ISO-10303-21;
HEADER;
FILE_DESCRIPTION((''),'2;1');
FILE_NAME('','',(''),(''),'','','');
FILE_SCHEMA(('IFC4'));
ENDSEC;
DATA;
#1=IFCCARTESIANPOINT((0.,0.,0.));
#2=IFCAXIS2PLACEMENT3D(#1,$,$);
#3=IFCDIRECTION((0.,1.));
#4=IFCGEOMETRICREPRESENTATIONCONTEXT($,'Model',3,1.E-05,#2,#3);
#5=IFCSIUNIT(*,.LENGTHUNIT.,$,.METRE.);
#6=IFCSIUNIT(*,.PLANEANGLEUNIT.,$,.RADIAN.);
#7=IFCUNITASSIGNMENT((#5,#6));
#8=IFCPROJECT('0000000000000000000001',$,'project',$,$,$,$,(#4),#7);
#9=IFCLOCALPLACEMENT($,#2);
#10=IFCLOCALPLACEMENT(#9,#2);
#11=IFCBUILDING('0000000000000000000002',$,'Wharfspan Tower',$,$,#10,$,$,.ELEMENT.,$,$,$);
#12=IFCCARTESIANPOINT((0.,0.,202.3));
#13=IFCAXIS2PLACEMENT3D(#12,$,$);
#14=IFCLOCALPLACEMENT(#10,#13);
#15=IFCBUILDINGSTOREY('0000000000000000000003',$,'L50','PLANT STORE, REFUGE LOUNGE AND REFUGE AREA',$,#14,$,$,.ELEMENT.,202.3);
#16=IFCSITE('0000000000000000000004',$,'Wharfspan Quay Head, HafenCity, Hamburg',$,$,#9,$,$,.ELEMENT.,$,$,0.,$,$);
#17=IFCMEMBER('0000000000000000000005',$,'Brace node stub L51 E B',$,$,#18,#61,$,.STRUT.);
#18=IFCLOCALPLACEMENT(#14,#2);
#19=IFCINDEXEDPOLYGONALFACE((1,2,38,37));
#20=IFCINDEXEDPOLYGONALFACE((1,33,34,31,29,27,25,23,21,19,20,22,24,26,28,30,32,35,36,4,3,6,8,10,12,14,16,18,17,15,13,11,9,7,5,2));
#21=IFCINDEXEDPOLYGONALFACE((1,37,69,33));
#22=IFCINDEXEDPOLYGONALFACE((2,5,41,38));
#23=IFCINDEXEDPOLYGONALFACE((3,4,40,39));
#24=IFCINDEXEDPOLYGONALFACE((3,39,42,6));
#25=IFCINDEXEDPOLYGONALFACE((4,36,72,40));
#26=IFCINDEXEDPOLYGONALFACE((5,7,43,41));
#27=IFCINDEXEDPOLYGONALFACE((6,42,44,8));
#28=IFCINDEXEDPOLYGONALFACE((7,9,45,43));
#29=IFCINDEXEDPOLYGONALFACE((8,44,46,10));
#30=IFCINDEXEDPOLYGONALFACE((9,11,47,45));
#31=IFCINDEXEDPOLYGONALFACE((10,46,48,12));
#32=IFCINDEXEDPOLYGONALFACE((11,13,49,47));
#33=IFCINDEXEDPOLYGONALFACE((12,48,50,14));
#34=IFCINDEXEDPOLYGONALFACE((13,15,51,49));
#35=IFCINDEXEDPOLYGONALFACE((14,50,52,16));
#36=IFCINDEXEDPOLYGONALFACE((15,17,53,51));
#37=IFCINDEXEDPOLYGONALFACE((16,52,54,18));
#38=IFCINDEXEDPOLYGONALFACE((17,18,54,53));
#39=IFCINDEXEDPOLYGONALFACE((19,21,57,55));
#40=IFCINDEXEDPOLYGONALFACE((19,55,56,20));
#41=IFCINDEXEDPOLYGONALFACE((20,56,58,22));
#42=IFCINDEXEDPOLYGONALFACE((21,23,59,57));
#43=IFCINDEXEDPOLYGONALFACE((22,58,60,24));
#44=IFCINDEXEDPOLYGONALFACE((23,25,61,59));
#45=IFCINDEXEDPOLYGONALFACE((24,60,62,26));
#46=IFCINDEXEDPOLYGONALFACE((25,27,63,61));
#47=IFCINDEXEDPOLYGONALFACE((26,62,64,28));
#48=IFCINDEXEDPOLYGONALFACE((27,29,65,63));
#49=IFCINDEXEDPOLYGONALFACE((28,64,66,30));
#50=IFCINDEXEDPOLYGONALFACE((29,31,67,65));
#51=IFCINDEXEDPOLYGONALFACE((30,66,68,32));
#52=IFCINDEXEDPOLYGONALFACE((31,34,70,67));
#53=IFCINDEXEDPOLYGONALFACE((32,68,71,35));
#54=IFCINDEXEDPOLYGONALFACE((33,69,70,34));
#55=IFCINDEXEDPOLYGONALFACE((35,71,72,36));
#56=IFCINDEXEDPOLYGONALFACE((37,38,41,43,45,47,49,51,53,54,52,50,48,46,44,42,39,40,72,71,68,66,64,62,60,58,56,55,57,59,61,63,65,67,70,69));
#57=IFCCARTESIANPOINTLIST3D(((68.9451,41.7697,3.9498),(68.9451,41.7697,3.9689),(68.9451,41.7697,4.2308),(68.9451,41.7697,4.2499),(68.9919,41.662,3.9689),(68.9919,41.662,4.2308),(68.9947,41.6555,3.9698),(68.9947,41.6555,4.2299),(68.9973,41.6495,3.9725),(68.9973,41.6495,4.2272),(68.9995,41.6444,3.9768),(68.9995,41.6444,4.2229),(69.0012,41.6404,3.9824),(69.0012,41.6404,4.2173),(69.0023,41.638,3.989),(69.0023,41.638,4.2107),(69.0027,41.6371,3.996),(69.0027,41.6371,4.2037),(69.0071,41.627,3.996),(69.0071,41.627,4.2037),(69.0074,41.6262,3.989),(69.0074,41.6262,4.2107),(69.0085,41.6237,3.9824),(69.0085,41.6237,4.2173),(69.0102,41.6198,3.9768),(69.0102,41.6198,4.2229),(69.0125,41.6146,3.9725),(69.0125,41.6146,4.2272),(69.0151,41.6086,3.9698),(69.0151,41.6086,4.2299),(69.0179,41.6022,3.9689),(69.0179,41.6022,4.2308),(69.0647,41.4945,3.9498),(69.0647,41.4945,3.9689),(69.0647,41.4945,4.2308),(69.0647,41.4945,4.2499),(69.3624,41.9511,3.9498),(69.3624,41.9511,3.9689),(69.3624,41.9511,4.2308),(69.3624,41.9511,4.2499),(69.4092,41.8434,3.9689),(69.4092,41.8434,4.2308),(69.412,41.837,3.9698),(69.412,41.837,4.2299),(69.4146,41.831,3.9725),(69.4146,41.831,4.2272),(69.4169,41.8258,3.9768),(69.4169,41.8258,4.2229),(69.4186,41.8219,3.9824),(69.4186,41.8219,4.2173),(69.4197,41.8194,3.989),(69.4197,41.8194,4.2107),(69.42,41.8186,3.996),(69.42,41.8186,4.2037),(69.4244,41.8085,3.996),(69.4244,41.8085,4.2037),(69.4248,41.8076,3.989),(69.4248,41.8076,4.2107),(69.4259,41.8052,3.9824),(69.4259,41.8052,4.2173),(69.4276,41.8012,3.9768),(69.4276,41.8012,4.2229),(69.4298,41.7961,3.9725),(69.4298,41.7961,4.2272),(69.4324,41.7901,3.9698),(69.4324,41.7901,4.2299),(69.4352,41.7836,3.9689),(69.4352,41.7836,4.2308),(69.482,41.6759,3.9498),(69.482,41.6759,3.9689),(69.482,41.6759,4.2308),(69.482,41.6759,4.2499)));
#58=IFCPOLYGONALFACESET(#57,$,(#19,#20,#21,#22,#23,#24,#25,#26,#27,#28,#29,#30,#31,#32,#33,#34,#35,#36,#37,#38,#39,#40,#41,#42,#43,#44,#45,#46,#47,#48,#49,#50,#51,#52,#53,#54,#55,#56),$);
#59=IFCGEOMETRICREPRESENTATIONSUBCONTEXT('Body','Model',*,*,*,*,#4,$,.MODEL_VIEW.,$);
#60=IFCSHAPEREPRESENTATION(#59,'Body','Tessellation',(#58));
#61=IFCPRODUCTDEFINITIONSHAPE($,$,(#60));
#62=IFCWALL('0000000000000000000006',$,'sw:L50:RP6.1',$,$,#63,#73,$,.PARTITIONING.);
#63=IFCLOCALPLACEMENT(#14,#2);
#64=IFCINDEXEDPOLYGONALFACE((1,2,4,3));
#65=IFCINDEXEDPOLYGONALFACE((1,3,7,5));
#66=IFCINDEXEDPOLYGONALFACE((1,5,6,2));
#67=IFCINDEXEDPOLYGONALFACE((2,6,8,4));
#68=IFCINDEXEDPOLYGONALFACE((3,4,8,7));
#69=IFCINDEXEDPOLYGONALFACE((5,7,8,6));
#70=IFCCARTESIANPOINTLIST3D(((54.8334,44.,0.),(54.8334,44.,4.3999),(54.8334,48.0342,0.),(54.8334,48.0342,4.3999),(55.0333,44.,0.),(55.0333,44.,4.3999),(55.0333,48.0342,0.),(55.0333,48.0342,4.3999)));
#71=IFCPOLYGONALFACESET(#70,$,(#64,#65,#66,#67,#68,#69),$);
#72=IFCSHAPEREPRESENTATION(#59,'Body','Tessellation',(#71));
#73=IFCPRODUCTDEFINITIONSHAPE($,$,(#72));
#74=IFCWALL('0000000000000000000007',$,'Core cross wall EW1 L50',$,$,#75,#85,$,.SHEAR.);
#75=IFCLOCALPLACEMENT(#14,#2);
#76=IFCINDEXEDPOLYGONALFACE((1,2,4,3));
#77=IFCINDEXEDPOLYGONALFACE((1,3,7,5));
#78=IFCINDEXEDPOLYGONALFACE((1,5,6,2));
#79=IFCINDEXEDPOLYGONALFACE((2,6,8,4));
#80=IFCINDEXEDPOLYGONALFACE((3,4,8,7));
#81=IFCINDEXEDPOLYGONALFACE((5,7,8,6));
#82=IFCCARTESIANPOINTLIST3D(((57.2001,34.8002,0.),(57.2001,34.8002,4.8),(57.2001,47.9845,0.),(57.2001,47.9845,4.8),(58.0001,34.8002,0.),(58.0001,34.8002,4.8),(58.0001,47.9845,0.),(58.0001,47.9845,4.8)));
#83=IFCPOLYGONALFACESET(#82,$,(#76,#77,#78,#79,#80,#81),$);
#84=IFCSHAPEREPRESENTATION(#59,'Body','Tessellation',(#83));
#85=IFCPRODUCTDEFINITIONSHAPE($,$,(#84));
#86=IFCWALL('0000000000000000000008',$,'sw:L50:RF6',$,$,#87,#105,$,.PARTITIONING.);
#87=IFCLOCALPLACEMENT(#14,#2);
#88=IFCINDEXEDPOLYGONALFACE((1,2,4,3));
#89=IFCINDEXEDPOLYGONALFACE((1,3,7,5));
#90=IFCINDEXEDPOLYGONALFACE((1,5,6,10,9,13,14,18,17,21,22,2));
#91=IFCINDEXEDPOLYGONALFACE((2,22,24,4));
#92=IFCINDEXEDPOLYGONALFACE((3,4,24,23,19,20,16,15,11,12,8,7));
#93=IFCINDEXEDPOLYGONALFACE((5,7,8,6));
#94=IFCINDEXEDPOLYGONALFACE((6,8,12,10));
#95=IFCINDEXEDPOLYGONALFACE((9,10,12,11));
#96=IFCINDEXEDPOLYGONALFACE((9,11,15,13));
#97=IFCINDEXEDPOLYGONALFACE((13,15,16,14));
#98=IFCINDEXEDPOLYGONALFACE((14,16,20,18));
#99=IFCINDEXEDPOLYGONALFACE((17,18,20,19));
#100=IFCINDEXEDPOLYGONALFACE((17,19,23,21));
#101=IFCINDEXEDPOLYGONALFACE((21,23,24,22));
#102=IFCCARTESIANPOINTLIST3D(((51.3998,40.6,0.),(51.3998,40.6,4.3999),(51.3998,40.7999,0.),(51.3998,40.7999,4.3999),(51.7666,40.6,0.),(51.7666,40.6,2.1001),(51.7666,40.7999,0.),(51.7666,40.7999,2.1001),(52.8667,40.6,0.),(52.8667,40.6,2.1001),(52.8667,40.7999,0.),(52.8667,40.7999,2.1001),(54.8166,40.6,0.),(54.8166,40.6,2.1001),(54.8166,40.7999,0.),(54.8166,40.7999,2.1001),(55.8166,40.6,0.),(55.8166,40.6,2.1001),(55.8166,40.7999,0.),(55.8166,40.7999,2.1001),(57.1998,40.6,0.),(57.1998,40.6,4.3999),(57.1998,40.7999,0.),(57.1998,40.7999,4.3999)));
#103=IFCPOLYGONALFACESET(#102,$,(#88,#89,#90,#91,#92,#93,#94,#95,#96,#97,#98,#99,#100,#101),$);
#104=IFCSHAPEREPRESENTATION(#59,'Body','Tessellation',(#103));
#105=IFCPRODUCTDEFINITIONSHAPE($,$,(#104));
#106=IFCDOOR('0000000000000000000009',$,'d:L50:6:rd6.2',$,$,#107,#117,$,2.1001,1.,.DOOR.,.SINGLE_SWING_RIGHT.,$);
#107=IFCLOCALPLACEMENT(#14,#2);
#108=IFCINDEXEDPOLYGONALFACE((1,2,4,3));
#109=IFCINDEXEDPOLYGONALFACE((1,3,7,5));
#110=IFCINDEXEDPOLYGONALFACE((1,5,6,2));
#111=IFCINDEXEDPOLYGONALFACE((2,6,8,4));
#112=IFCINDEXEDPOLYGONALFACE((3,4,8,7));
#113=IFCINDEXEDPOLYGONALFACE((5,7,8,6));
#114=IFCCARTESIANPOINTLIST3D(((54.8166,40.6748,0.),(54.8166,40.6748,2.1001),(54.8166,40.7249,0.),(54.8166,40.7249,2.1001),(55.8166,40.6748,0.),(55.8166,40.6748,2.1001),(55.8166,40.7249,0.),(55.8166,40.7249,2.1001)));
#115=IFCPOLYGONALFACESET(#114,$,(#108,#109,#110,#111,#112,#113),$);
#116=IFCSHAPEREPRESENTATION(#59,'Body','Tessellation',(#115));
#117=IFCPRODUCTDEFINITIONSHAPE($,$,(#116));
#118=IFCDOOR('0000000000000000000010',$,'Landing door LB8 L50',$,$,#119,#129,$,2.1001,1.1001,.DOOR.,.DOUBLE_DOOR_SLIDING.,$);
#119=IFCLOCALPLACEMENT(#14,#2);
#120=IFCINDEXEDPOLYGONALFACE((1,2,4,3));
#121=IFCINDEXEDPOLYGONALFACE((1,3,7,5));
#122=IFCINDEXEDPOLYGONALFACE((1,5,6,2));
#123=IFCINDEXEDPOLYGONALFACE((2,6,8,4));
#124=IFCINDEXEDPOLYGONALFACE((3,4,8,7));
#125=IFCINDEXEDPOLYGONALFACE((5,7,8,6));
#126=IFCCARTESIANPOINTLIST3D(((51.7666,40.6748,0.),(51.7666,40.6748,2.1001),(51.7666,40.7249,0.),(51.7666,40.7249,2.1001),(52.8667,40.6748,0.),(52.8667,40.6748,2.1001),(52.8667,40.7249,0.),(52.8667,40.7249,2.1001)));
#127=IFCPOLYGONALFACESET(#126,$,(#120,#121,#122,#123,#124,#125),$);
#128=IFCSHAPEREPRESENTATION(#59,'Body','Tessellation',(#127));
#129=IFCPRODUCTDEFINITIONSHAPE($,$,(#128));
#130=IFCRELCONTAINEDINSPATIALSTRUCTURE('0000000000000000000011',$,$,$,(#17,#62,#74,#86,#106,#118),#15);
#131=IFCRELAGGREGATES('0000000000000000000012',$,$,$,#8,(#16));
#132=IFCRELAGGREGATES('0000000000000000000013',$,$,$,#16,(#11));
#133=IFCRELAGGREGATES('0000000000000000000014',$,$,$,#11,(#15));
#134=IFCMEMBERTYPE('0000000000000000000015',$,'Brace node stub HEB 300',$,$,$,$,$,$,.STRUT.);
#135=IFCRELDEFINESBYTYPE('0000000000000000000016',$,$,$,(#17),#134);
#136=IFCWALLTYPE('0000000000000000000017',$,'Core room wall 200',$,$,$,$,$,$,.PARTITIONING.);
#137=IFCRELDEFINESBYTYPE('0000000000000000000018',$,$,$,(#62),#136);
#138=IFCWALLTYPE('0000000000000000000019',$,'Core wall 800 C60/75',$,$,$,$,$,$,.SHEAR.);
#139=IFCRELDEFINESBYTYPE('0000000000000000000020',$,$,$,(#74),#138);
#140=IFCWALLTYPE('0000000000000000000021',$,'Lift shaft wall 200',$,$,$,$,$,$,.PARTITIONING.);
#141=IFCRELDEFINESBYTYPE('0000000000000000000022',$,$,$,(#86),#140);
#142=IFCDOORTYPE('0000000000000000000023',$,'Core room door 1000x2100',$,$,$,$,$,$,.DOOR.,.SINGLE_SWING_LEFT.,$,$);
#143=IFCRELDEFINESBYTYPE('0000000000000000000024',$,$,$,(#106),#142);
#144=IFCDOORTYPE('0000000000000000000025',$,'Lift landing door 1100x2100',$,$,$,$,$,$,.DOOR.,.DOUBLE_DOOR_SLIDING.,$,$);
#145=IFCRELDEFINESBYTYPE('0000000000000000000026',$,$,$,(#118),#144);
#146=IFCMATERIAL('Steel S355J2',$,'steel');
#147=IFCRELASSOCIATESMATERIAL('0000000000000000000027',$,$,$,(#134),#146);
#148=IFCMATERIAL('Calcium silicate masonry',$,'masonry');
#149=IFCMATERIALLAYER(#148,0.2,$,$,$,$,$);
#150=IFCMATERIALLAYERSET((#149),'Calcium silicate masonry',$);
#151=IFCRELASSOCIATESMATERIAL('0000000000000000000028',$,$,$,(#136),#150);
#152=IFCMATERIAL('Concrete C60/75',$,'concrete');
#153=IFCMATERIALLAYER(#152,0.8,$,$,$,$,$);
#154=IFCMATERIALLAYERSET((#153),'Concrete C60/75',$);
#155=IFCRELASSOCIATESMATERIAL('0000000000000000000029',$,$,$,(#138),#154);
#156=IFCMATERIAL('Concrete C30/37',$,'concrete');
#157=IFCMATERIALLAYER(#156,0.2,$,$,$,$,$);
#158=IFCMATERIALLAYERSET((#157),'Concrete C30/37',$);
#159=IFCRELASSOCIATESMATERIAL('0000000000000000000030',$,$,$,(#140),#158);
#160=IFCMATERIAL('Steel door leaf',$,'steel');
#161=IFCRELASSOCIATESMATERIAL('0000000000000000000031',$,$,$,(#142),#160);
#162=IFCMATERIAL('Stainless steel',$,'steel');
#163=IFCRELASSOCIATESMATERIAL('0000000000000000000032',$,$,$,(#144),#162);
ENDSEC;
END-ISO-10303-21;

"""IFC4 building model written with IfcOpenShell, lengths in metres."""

from ifc_helpers import new_model, si_unit, direction, frame, frame_2d, origin, origin_2d, place, context, subcontext, project, spatial, rectangle, i_section, extrude, material, layer, layer_set, material_profile, profile_set, type_object, element, fill, save


model = new_model("IFC4")

# Units and contexts
model_context = context("Model", 3, precision=1e-05, world=origin(), true_north=direction((0.0, 1.0)))
body_context = subcontext(model_context, "Body", "Model", "MODEL_VIEW")
ifc_project = project(units=[si_unit("LENGTHUNIT", "METRE"), si_unit("PLANEANGLEUNIT", "RADIAN")], contexts=[model_context])

# Site, building, storey
site_placement = place(None, origin())
site = spatial("IfcSite", under=ifc_project, at=site_placement, Name="Wharfspan Quay Head, HafenCity, Hamburg", CompositionType="ELEMENT", RefElevation=0.0)
building_placement = place(site_placement, origin())
building = spatial("IfcBuilding", under=site, at=building_placement, Name="Wharfspan Tower", CompositionType="ELEMENT")
storey_placement = place(building_placement, frame((0.0, 0.0, 202.3)))
storey = spatial("IfcBuildingStorey", under=building, at=storey_placement, Name="L50", Description="PLANT STORE, REFUGE LOUNGE AND REFUGE AREA", CompositionType="ELEMENT", Elevation=202.3)

# Shared definitions
ifc_material_1 = material(Name="Steel S355J2", Category="steel")

# Member
ifc_material_profile_1 = material_profile(ifc_material_1, i_section(OverallWidth=0.3, OverallDepth=0.3, WebThickness=0.011, FlangeThickness=0.019, FilletRadius=0.0271, at=origin_2d()))
ifc_profile_set_1 = profile_set([ifc_material_profile_1], Name="Steel S355J2")
member_type = type_object("IfcMemberType", Name="Brace node stub HEB 300", PredefinedType="STRUT", material=ifc_profile_set_1)
member_placement = place(storey_placement, frame((69.0049, 41.6321, 4.0999), z_axis=(0.917079, 0.398706, 0.0), x_axis=(-0.398706, 0.917079, 0.0)))
element("IfcMember", 1, at=member_placement, inside=storey, type_object=member_type, Name="Brace node stub L51 E B", PredefinedType="STRUT", context=body_context, shape_type="SweptSolid", body=[
    extrude(i_section(OverallWidth=0.3, OverallDepth=0.3, WebThickness=0.011, FlangeThickness=0.019, FilletRadius=0.0271, at=origin_2d()), origin(), (0.0, 0.0, 1.0), 0.4551),
])

# Walls
ifc_material_2 = material(Name="Calcium silicate masonry", Category="masonry")
ifc_layer_1 = layer(ifc_material_2, 0.2)
ifc_layer_set_1 = layer_set([ifc_layer_1], Name="Calcium silicate masonry")
wall_type_1 = type_object("IfcWallType", Name="Core room wall 200", PredefinedType="PARTITIONING", material=ifc_layer_set_1)
wall_1_placement = place(storey_placement, frame((54.9333, 44.0, 0.0), z_axis=(0.0, 0.0, 1.0), x_axis=(0.0, 1.0, 0.0)))
element("IfcWall", 2, at=wall_1_placement, inside=storey, type_object=wall_type_1, Name="sw:L50:RP6.1", PredefinedType="PARTITIONING", context=body_context, shape_type="SweptSolid", body=[
    extrude(rectangle(XDim=4.0342, YDim=0.2, at=frame_2d((2.0171, 0.0))), origin(), (0.0, 0.0, 1.0), 4.3999),
])
ifc_material_3 = material(Name="Concrete C60/75", Category="concrete")
ifc_layer_2 = layer(ifc_material_3, 0.8)
ifc_layer_set_2 = layer_set([ifc_layer_2], Name="Concrete C60/75")
wall_type_2 = type_object("IfcWallType", Name="Core wall 800 C60/75", PredefinedType="SHEAR", material=ifc_layer_set_2)
wall_2_placement = place(storey_placement, frame((57.6001, 34.8, 0.0), z_axis=(0.0, 0.0, 1.0), x_axis=(0.0, 1.0, 0.0)))
element("IfcWall", 3, at=wall_2_placement, inside=storey, type_object=wall_type_2, Name="Core cross wall EW1 L50", PredefinedType="SHEAR", context=body_context, shape_type="SweptSolid", body=[
    extrude(rectangle(XDim=13.1843, YDim=0.8, at=frame_2d((6.5923, 0.0))), origin(), (0.0, 0.0, 1.0), 4.8),
])

# Wall, openings, doors
ifc_material_4 = material(Name="Concrete C30/37", Category="concrete")
ifc_layer_3 = layer(ifc_material_4, 0.2)
ifc_layer_set_3 = layer_set([ifc_layer_3], Name="Concrete C30/37")
wall_type_3 = type_object("IfcWallType", Name="Lift shaft wall 200", PredefinedType="PARTITIONING", material=ifc_layer_set_3)
wall_3_placement = place(storey_placement, frame((51.3999, 40.7, 0.0), z_axis=(0.0, 0.0, 1.0), x_axis=(1.0, 0.0, 0.0)))
wall_3 = element("IfcWall", 4, at=wall_3_placement, inside=storey, type_object=wall_type_3, Name="sw:L50:RF6", PredefinedType="PARTITIONING", context=body_context, shape_type="SweptSolid", body=[
    extrude(rectangle(XDim=5.8, YDim=0.2, at=frame_2d((2.8999, 0.0))), origin(), (0.0, 0.0, 1.0), 4.3999),
])
opening_1_placement = place(wall_3_placement, frame((0.3667, 0.0, 0.0)))
opening_1 = element("IfcOpeningElement", 5, at=opening_1_placement, cuts=wall_3, PredefinedType="OPENING", context=body_context, shape_type="SweptSolid", body=[
    extrude(rectangle(XDim=1.1001, YDim=2.1001, at=frame_2d((0.55, 1.05))), frame((0.0, 0.1099, 0.0), z_axis=(0.0, -1.0, 0.0), x_axis=(1.0, 0.0, 0.0)), (0.0, 0.0, 1.0), 0.22),
])
opening_2_placement = place(wall_3_placement, frame((3.4167, 0.0, 0.0)))
opening_2 = element("IfcOpeningElement", 6, at=opening_2_placement, cuts=wall_3, PredefinedType="OPENING", context=body_context, shape_type="SweptSolid", body=[
    extrude(rectangle(XDim=1.0, YDim=2.1001, at=frame_2d((0.5, 1.05))), frame((0.0, 0.1099, 0.0), z_axis=(0.0, -1.0, 0.0), x_axis=(1.0, 0.0, 0.0)), (0.0, 0.0, 1.0), 0.22),
])
ifc_material_5 = material(Name="Steel door leaf", Category="steel")
door_type_1 = type_object("IfcDoorType", Name="Core room door 1000x2100", OperationType="SINGLE_SWING_LEFT", PredefinedType="DOOR", material=ifc_material_5)
door_1_placement = place(opening_2_placement, origin())
door_1 = element("IfcDoor", 7, at=door_1_placement, inside=storey, type_object=door_type_1, Name="d:L50:6:rd6.2", OperationType="SINGLE_SWING_RIGHT", OverallHeight=2.1001, OverallWidth=1.0, PredefinedType="DOOR", context=body_context, shape_type="SweptSolid", body=[
    extrude(rectangle(XDim=1.0, YDim=2.1001, at=frame_2d((0.5, 1.05))), frame((0.0, 0.0249, 0.0), z_axis=(0.0, -1.0, 0.0), x_axis=(1.0, 0.0, 0.0)), (0.0, 0.0, 1.0), 0.05),
])
fill(opening_2, door_1)
ifc_material_6 = material(Name="Stainless steel", Category="steel")
door_type_2 = type_object("IfcDoorType", Name="Lift landing door 1100x2100", OperationType="DOUBLE_DOOR_SLIDING", PredefinedType="DOOR", material=ifc_material_6)
door_2_placement = place(opening_1_placement, origin())
door_2 = element("IfcDoor", 8, at=door_2_placement, inside=storey, type_object=door_type_2, Name="Landing door LB8 L50", OperationType="DOUBLE_DOOR_SLIDING", OverallHeight=2.1001, OverallWidth=1.1001, PredefinedType="DOOR", context=body_context, shape_type="SweptSolid", body=[
    extrude(rectangle(XDim=1.1001, YDim=2.1001, at=frame_2d((0.55, 1.05))), frame((0.0, 0.0249, 0.0), z_axis=(0.0, -1.0, 0.0), x_axis=(1.0, 0.0, 0.0)), (0.0, 0.0, 1.0), 0.05),
])
fill(opening_1, door_2)

save(model, "model.ifc")
